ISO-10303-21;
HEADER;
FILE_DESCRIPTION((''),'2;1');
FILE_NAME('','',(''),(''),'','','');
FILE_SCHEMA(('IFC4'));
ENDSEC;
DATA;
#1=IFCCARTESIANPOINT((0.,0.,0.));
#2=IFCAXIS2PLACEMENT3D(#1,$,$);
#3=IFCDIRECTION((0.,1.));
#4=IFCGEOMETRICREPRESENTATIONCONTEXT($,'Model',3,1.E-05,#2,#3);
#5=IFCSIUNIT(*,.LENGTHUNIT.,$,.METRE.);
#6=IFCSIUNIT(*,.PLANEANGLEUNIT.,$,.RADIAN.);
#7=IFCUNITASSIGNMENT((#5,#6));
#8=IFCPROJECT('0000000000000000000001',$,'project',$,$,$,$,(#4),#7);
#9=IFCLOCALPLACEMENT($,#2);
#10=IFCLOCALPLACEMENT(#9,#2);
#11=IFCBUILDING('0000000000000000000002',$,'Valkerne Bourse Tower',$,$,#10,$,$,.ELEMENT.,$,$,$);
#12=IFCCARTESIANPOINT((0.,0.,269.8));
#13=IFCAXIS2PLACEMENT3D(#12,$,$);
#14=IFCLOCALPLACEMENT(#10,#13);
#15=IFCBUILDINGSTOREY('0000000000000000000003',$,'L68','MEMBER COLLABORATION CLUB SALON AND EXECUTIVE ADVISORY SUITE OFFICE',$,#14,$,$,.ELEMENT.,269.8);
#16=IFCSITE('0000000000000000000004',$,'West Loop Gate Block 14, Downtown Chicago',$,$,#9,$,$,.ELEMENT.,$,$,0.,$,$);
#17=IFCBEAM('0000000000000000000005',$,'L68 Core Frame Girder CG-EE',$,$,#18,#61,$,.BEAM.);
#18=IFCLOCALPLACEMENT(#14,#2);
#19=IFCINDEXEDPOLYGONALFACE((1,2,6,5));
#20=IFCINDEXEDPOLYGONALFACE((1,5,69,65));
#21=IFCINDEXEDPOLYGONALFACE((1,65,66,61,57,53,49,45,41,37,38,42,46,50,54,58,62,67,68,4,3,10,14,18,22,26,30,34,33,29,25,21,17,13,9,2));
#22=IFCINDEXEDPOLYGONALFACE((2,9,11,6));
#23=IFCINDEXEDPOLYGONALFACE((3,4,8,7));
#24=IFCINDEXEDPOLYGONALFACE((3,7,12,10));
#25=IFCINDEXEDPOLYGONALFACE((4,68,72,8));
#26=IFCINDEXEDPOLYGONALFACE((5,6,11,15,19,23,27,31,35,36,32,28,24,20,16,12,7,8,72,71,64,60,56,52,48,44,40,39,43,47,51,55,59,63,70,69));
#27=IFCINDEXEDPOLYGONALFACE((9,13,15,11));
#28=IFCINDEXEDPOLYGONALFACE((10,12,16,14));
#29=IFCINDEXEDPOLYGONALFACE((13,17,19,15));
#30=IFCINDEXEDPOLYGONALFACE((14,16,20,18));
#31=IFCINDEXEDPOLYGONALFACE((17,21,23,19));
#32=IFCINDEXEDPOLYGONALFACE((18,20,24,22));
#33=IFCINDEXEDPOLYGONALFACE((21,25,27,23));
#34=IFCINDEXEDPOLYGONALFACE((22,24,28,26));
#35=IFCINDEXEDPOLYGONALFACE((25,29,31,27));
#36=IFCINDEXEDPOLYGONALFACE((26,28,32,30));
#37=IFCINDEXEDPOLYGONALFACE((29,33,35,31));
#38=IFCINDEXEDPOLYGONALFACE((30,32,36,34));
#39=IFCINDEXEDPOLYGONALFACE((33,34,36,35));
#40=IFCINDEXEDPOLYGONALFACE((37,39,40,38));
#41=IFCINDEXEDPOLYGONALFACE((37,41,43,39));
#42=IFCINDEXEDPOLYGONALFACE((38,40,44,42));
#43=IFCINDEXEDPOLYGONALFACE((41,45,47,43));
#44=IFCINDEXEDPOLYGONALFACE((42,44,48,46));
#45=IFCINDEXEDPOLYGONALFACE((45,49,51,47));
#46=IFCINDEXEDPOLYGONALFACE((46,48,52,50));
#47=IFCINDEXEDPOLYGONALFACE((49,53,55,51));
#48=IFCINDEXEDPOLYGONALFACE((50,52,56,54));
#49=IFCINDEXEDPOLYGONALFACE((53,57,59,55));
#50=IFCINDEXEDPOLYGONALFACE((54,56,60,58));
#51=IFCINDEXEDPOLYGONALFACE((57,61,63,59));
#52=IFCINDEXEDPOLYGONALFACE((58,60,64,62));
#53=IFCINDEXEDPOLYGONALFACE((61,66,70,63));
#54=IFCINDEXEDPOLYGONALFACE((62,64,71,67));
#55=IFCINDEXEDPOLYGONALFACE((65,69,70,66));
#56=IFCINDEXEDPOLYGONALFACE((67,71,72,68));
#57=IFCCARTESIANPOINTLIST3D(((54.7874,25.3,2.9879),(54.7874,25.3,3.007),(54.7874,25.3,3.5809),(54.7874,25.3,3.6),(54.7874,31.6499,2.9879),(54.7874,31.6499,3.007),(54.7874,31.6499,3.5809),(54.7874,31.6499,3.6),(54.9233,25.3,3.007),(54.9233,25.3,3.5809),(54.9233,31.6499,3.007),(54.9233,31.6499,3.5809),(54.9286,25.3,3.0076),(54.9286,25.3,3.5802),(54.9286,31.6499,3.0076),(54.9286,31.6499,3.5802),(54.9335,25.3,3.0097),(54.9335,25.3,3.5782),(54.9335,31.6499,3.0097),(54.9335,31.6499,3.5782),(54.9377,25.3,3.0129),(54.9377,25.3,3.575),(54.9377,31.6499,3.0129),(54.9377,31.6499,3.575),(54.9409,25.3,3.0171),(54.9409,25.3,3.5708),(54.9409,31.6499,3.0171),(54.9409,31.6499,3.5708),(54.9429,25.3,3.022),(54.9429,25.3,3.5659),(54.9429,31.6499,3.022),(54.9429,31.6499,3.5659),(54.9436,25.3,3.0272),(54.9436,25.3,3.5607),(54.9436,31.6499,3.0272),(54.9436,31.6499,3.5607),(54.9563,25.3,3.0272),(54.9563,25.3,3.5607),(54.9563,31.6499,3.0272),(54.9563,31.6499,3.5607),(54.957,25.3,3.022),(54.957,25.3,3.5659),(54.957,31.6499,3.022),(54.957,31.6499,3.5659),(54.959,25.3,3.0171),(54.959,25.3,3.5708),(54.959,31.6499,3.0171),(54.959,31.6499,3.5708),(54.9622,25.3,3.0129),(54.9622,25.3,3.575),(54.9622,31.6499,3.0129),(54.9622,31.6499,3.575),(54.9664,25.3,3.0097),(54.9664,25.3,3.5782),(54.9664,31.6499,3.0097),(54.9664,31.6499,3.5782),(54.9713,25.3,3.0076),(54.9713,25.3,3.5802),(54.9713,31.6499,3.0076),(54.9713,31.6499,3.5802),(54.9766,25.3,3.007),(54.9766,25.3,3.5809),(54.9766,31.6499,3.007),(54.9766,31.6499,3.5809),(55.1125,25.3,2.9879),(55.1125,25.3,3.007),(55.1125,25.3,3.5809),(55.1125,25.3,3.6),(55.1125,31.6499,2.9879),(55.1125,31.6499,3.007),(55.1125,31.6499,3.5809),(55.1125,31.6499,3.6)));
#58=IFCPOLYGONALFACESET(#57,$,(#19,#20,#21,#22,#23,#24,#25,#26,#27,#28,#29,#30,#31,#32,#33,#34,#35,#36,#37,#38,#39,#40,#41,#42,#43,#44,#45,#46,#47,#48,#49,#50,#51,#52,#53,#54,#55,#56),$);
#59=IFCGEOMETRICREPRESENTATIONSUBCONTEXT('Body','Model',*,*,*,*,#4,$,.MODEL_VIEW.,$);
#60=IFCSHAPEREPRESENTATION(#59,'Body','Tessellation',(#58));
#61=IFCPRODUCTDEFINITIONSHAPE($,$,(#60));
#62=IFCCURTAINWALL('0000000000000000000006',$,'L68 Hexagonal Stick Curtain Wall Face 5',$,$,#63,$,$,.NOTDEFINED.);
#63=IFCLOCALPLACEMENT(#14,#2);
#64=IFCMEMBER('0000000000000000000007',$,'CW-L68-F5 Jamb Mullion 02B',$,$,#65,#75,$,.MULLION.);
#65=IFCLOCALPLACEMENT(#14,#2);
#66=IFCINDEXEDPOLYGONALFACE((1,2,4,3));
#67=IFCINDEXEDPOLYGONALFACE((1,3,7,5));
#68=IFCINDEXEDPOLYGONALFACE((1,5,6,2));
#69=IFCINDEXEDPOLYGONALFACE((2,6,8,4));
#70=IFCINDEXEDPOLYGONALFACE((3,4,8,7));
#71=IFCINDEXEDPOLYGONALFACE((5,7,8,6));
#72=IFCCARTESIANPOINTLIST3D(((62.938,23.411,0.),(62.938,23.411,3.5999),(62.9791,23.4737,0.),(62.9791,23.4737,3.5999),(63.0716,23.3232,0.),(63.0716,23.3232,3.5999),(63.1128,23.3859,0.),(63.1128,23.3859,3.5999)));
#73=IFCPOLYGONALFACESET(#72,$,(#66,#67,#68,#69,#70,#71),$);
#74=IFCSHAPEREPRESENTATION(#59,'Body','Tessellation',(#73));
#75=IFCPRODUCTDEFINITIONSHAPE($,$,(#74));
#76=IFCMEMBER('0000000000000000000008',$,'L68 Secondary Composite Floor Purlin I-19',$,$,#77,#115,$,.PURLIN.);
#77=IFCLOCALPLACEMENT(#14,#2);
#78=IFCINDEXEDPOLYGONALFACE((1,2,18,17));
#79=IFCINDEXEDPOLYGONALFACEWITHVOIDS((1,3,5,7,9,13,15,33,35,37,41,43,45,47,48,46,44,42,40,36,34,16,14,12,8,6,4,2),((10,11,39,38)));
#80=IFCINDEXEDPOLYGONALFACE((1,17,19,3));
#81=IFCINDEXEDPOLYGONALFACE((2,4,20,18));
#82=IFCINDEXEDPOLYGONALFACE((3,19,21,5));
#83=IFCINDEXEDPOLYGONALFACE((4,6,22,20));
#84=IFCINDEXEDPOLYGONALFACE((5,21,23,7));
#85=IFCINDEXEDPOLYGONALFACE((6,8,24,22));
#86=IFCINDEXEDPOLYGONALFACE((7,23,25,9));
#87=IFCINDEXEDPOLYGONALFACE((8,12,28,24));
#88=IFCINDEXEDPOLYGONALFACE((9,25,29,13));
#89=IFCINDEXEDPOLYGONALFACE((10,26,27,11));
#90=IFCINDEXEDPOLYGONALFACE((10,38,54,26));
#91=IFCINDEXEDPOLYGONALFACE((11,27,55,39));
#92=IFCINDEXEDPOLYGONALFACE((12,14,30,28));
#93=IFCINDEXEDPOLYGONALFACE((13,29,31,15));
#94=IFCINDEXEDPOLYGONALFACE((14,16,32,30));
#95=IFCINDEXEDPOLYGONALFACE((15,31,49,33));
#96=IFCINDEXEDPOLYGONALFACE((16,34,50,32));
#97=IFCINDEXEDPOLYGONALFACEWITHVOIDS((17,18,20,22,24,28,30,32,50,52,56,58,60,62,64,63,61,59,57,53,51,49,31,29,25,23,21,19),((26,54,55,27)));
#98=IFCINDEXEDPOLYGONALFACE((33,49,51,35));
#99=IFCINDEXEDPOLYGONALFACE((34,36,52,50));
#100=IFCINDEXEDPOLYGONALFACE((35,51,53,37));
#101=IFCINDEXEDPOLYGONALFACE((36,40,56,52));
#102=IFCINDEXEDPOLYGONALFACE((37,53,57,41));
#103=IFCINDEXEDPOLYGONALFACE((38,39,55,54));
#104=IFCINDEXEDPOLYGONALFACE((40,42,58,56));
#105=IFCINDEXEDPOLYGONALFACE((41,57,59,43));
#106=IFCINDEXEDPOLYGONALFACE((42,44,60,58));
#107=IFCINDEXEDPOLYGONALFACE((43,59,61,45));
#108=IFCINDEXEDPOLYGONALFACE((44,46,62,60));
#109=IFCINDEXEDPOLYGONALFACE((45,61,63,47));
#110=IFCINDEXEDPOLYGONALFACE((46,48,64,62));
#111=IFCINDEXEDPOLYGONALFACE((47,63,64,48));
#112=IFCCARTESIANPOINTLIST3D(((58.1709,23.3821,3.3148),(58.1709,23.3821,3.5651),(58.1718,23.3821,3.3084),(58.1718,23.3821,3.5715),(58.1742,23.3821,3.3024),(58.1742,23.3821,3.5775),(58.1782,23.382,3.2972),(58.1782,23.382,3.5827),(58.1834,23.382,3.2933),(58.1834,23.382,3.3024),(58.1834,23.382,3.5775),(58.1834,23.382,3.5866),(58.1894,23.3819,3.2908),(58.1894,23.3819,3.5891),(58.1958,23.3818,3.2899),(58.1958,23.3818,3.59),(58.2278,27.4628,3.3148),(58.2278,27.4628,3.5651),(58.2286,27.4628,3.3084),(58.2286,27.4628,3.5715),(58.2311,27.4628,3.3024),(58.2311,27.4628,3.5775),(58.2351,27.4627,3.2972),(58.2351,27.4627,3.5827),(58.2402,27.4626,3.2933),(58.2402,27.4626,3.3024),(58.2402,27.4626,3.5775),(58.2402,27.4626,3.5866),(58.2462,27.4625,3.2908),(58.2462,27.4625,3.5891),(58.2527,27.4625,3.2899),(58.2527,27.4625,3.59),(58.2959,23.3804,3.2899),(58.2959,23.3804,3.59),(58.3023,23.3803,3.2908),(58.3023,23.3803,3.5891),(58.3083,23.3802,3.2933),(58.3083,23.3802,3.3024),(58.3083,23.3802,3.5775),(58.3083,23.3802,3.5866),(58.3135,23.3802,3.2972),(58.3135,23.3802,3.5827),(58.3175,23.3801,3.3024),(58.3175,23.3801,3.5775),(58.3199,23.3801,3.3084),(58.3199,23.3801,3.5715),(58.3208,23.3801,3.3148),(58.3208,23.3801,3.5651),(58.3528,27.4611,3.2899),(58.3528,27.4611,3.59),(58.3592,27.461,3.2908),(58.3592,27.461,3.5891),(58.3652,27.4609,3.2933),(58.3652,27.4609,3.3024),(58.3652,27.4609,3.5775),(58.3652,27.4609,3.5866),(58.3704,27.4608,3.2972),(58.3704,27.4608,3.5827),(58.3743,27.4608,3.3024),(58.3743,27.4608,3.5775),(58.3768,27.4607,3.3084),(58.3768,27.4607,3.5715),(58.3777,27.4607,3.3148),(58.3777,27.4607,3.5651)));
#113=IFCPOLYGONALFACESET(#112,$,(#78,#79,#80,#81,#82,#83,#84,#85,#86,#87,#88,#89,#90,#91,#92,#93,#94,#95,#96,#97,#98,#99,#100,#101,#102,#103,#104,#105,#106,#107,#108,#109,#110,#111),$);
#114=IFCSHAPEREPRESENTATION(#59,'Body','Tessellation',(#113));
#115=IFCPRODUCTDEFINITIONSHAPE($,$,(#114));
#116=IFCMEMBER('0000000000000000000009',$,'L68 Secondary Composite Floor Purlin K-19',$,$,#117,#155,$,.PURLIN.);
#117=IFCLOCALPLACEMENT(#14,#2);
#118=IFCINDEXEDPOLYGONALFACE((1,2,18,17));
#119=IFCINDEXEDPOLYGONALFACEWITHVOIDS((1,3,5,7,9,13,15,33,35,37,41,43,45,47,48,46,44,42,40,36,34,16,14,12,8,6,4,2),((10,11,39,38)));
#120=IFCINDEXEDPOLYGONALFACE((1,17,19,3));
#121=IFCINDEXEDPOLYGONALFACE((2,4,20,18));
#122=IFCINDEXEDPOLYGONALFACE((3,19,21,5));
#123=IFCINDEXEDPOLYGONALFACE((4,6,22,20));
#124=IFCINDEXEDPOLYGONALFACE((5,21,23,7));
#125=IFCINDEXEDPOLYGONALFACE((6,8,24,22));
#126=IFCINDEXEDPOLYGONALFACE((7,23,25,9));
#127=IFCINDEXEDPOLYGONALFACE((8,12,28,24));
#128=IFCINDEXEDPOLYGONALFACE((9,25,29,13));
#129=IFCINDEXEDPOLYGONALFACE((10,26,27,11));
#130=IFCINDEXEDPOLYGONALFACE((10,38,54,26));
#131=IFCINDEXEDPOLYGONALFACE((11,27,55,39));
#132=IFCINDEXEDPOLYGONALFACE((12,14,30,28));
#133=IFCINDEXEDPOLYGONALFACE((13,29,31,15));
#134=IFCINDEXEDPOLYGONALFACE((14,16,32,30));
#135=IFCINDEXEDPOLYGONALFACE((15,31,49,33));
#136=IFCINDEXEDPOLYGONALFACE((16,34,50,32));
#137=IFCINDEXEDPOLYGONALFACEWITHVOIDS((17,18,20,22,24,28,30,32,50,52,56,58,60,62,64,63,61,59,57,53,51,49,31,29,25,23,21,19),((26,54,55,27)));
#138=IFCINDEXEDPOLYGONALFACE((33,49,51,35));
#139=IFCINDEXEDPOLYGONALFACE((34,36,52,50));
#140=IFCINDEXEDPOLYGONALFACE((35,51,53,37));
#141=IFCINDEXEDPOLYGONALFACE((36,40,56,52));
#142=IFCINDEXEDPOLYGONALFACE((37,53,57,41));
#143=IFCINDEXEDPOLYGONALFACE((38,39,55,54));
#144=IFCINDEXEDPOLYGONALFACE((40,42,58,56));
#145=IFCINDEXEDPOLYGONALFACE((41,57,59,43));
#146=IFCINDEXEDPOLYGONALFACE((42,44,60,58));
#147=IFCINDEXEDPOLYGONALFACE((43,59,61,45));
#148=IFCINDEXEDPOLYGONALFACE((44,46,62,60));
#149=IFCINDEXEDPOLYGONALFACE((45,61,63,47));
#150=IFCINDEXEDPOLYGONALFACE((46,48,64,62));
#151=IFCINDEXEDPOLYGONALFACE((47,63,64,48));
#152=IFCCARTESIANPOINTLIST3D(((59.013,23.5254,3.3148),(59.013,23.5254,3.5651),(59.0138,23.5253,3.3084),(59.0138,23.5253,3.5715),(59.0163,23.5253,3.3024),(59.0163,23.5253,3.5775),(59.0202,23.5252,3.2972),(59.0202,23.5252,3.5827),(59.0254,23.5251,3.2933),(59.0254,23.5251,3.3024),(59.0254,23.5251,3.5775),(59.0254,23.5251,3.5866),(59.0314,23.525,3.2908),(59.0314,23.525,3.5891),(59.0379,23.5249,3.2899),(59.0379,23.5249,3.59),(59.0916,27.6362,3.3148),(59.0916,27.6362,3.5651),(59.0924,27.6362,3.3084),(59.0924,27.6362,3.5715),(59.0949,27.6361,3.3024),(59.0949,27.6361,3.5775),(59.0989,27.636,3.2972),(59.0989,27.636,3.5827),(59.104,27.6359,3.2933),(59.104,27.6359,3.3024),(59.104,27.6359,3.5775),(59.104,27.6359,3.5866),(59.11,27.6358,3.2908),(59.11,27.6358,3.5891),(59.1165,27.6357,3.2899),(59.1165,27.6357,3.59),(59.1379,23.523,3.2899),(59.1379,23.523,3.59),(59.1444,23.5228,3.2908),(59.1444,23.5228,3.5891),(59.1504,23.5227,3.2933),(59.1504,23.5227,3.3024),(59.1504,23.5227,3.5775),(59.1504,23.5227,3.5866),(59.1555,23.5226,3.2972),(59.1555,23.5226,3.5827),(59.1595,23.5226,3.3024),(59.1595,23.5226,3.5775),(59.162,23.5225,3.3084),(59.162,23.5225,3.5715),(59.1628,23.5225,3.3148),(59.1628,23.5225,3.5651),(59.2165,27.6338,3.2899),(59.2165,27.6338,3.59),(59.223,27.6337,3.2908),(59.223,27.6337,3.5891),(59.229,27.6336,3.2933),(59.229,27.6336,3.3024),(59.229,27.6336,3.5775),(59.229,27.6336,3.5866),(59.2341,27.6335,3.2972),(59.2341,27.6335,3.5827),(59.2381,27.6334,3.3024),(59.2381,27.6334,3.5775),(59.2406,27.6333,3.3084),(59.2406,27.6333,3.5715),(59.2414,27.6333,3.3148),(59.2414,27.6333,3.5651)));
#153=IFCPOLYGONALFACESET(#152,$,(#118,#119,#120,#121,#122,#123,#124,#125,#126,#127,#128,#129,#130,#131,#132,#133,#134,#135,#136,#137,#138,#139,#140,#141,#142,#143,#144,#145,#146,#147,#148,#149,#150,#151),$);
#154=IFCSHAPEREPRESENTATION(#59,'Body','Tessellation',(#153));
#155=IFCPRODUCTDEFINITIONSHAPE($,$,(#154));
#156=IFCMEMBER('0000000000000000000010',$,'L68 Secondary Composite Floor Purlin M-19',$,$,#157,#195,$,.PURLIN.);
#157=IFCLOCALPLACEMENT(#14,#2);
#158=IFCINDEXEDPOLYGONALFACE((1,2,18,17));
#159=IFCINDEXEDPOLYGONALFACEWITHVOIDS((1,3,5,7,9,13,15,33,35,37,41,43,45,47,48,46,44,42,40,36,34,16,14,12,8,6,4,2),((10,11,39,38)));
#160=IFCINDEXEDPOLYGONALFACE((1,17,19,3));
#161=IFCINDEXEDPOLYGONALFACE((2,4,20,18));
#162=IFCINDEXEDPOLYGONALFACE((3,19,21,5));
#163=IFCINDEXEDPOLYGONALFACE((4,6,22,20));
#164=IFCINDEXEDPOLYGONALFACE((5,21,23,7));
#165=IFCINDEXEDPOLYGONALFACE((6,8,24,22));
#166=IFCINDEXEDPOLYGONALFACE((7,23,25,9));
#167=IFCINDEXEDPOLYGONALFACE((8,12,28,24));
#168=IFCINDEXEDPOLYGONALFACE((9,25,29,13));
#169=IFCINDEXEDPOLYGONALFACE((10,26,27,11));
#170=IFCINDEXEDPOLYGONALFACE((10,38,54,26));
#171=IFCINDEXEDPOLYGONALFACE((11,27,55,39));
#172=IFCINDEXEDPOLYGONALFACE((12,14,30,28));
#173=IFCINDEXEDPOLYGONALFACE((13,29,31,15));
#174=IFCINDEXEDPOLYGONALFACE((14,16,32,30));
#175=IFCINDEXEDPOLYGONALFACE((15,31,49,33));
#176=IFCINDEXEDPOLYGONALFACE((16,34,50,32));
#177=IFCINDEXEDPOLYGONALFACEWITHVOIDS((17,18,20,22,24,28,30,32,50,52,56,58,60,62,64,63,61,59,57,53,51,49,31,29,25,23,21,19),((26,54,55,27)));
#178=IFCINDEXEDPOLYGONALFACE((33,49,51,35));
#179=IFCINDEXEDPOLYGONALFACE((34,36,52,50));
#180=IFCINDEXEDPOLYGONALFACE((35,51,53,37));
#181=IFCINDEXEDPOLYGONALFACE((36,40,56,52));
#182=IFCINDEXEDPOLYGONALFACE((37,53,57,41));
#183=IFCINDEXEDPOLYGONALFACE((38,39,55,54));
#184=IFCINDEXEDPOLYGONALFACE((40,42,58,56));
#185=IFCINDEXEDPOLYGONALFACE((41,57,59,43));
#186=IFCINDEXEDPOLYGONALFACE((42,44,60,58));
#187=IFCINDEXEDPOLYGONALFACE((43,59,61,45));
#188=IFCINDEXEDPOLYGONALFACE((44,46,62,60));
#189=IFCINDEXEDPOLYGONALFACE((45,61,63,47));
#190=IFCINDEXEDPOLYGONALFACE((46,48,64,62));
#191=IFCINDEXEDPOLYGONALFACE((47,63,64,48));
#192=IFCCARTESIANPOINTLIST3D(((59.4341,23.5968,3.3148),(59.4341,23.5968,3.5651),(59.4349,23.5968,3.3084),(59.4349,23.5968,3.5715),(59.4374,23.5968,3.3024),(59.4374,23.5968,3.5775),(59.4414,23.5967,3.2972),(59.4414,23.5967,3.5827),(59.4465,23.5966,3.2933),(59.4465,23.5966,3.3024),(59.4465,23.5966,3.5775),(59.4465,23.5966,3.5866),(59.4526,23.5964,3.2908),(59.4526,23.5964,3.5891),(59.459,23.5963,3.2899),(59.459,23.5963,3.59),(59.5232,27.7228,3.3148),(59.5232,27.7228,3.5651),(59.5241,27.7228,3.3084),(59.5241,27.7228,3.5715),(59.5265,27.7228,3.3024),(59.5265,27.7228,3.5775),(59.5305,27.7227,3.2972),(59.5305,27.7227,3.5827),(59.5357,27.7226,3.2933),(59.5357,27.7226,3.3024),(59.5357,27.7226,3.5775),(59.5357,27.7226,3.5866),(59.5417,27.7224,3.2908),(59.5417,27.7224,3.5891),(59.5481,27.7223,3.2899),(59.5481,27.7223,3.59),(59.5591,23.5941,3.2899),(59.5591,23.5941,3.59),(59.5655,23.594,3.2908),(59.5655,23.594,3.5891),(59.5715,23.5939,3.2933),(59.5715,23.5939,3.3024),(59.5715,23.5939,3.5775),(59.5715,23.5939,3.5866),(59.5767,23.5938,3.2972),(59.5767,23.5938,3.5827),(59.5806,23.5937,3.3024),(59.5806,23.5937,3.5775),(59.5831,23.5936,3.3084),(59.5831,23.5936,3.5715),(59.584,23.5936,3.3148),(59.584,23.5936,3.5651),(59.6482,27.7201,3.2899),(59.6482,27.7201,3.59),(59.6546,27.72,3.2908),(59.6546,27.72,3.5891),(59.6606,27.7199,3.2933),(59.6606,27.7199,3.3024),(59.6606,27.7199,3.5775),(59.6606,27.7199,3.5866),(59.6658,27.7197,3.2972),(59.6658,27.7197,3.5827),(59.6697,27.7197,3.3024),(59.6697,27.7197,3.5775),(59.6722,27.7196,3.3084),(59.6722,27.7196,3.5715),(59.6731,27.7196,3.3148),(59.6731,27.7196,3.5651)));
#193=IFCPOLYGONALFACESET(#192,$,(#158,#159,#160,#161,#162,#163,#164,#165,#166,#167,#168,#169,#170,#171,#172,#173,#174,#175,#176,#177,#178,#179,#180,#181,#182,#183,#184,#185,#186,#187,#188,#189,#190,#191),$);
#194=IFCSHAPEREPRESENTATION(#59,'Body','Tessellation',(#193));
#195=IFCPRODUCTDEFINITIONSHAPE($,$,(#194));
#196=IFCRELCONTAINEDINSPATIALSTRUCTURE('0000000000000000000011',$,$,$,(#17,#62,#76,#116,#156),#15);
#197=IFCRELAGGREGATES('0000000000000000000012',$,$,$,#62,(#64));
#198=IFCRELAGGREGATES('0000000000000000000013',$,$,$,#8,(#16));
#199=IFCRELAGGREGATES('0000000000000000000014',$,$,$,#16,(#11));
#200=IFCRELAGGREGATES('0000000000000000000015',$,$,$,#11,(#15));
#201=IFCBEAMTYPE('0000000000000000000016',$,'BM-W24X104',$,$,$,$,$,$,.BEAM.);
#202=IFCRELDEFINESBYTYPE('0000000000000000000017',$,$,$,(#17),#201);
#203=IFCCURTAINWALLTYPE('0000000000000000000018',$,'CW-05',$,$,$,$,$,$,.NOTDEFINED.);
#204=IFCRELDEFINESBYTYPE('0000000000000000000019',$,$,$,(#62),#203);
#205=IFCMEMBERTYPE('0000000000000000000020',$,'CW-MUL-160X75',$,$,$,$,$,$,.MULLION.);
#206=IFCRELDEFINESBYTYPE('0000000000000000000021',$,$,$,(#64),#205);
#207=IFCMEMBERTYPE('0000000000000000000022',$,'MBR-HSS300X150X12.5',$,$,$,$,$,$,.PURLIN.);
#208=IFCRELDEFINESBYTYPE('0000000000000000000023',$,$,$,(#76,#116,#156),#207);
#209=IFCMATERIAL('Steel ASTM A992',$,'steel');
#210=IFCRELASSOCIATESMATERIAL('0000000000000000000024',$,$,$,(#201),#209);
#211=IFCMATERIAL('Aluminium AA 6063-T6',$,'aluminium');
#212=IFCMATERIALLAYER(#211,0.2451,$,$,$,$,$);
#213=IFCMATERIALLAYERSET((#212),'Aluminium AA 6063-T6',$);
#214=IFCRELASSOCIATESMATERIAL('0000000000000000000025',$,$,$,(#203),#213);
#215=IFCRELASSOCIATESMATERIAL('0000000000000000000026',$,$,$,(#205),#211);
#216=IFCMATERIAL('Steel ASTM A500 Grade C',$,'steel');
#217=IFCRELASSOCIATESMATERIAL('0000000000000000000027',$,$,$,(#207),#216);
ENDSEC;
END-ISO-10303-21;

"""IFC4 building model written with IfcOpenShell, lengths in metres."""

from ifc_helpers import new_model, si_unit, direction, frame, origin, origin_2d, place, context, subcontext, project, spatial, rectangle, hollow_rectangle, i_section, extrude, material, layer, layer_set, material_profile, profile_set, type_object, element, aggregate, save


model = new_model("IFC4")

# Units and contexts
model_context = context("Model", 3, precision=1e-05, world=origin(), true_north=direction((0.0, 1.0)))
body_context = subcontext(model_context, "Body", "Model", "MODEL_VIEW")
ifc_project = project(units=[si_unit("LENGTHUNIT", "METRE"), si_unit("PLANEANGLEUNIT", "RADIAN")], contexts=[model_context])

# Site, building, storey
site_placement = place(None, origin())
site = spatial("IfcSite", under=ifc_project, at=site_placement, Name="West Loop Gate Block 14, Downtown Chicago", CompositionType="ELEMENT", RefElevation=0.0)
building_placement = place(site_placement, origin())
building = spatial("IfcBuilding", under=site, at=building_placement, Name="Valkerne Bourse Tower", CompositionType="ELEMENT")
storey_placement = place(building_placement, frame((0.0, 0.0, 269.8)))
storey = spatial("IfcBuildingStorey", under=building, at=storey_placement, Name="L68", Description="MEMBER COLLABORATION CLUB SALON AND EXECUTIVE ADVISORY SUITE OFFICE", CompositionType="ELEMENT", Elevation=269.8)

# Shared definitions
ifc_material_1 = material(Name="Steel ASTM A500 Grade C", Category="steel")

# Beam
ifc_material_2 = material(Name="Steel ASTM A992", Category="steel")
ifc_material_profile_1 = material_profile(ifc_material_2, i_section(OverallWidth=0.3252, OverallDepth=0.6121, WebThickness=0.0127, FlangeThickness=0.019, FilletRadius=0.0203, at=origin_2d()), Name="W24X104")
ifc_profile_set_1 = profile_set([ifc_material_profile_1], Name="Steel ASTM A992")
beam_type_1 = type_object("IfcBeamType", Name="BM-W24X104", PredefinedType="BEAM", material=ifc_profile_set_1)
beam_1_placement = place(storey_placement, frame((54.95, 25.3, 3.2939), z_axis=(0.0, 1.0, 0.0), x_axis=(-1.0, 0.0, 0.0)))
element("IfcBeam", 1, at=beam_1_placement, inside=storey, type_object=beam_type_1, Name="L68 Core Frame Girder CG-EE", PredefinedType="BEAM", context=body_context, shape_type="SweptSolid", body=[
    extrude(i_section(OverallWidth=0.3252, OverallDepth=0.6121, WebThickness=0.0127, FlangeThickness=0.019, FilletRadius=0.0203, at=origin_2d()), origin(), (0.0, 0.0, 1.0), 6.3499),
])

# Curtain wall, member
ifc_material_3 = material(Name="Aluminium AA 6063-T6", Category="aluminium")
ifc_layer_1 = layer(ifc_material_3, 0.2451)
ifc_layer_set_1 = layer_set([ifc_layer_1], Name="Aluminium AA 6063-T6")
curtain_wall_type = type_object("IfcCurtainWallType", Name="CW-05", PredefinedType="NOTDEFINED", material=ifc_layer_set_1)
curtain_wall_placement = place(storey_placement, origin())
curtain_wall = element("IfcCurtainWall", 2, at=curtain_wall_placement, inside=storey, type_object=curtain_wall_type, Name="L68 Hexagonal Stick Curtain Wall Face 5", PredefinedType="NOTDEFINED")
ifc_material_profile_2 = material_profile(ifc_material_3, rectangle(XDim=0.075, YDim=0.1599, at=origin_2d()), Name="CWM-75X160")
ifc_profile_set_2 = profile_set([ifc_material_profile_2], Name="Aluminium AA 6063-T6")
member_type_1 = type_object("IfcMemberType", Name="CW-MUL-160X75", PredefinedType="MULLION", material=ifc_profile_set_2)
member_1_placement = place(storey_placement, frame((63.0254, 23.3984, 0.0), z_axis=(0.0, 0.0, 1.0), x_axis=(0.549011, 0.835815, 0.0)))
member_1 = element("IfcMember", 3, at=member_1_placement, type_object=member_type_1, Name="CW-L68-F5 Jamb Mullion 02B", PredefinedType="MULLION", context=body_context, shape_type="SweptSolid", body=[
    extrude(rectangle(XDim=0.075, YDim=0.1599, at=origin_2d()), origin(), (0.0, 0.0, 1.0), 3.5999),
])

# Members
ifc_material_profile_3 = material_profile(ifc_material_1, hollow_rectangle(XDim=0.1499, YDim=0.3, WallThickness=0.0125, OuterFilletRadius=0.0249, at=origin_2d()), Name="HSS300X150X12.5")
ifc_profile_set_3 = profile_set([ifc_material_profile_3], Name="Steel ASTM A500 Grade C")
member_type_2 = type_object("IfcMemberType", Name="MBR-HSS300X150X12.5", PredefinedType="PURLIN", material=ifc_profile_set_3)
member_2_placement = place(storey_placement, frame((58.2458, 23.3811, 3.4399), z_axis=(0.013939, 0.999903, 0.0), x_axis=(-0.999903, 0.013939, 0.0)))
element("IfcMember", 4, at=member_2_placement, inside=storey, type_object=member_type_2, Name="L68 Secondary Composite Floor Purlin I-19", PredefinedType="PURLIN", context=body_context, shape_type="SweptSolid", body=[
    extrude(hollow_rectangle(XDim=0.1499, YDim=0.3, WallThickness=0.0125, OuterFilletRadius=0.0249, at=origin_2d()), origin(), (0.0, 0.0, 1.0), 4.0811),
])
member_3_placement = place(storey_placement, frame((59.0879, 23.5239, 3.4399), z_axis=(0.01912, 0.999817, 0.0), x_axis=(-0.999817, 0.01912, 0.0)))
element("IfcMember", 5, at=member_3_placement, inside=storey, type_object=member_type_2, Name="L68 Secondary Composite Floor Purlin K-19", PredefinedType="PURLIN", context=body_context, shape_type="SweptSolid", body=[
    extrude(hollow_rectangle(XDim=0.1499, YDim=0.3, WallThickness=0.0125, OuterFilletRadius=0.0249, at=origin_2d()), origin(), (0.0, 0.0, 1.0), 4.1116),
])
member_4_placement = place(storey_placement, frame((59.509, 23.5952, 3.4399), z_axis=(0.021593, 0.999767, 0.0), x_axis=(-0.999767, 0.021593, 0.0)))
element("IfcMember", 6, at=member_4_placement, inside=storey, type_object=member_type_2, Name="L68 Secondary Composite Floor Purlin M-19", PredefinedType="PURLIN", context=body_context, shape_type="SweptSolid", body=[
    extrude(hollow_rectangle(XDim=0.1499, YDim=0.3, WallThickness=0.0125, OuterFilletRadius=0.0249, at=origin_2d()), origin(), (0.0, 0.0, 1.0), 4.127),
])

aggregate(curtain_wall, [member_1])

save(model, "model.ifc")
